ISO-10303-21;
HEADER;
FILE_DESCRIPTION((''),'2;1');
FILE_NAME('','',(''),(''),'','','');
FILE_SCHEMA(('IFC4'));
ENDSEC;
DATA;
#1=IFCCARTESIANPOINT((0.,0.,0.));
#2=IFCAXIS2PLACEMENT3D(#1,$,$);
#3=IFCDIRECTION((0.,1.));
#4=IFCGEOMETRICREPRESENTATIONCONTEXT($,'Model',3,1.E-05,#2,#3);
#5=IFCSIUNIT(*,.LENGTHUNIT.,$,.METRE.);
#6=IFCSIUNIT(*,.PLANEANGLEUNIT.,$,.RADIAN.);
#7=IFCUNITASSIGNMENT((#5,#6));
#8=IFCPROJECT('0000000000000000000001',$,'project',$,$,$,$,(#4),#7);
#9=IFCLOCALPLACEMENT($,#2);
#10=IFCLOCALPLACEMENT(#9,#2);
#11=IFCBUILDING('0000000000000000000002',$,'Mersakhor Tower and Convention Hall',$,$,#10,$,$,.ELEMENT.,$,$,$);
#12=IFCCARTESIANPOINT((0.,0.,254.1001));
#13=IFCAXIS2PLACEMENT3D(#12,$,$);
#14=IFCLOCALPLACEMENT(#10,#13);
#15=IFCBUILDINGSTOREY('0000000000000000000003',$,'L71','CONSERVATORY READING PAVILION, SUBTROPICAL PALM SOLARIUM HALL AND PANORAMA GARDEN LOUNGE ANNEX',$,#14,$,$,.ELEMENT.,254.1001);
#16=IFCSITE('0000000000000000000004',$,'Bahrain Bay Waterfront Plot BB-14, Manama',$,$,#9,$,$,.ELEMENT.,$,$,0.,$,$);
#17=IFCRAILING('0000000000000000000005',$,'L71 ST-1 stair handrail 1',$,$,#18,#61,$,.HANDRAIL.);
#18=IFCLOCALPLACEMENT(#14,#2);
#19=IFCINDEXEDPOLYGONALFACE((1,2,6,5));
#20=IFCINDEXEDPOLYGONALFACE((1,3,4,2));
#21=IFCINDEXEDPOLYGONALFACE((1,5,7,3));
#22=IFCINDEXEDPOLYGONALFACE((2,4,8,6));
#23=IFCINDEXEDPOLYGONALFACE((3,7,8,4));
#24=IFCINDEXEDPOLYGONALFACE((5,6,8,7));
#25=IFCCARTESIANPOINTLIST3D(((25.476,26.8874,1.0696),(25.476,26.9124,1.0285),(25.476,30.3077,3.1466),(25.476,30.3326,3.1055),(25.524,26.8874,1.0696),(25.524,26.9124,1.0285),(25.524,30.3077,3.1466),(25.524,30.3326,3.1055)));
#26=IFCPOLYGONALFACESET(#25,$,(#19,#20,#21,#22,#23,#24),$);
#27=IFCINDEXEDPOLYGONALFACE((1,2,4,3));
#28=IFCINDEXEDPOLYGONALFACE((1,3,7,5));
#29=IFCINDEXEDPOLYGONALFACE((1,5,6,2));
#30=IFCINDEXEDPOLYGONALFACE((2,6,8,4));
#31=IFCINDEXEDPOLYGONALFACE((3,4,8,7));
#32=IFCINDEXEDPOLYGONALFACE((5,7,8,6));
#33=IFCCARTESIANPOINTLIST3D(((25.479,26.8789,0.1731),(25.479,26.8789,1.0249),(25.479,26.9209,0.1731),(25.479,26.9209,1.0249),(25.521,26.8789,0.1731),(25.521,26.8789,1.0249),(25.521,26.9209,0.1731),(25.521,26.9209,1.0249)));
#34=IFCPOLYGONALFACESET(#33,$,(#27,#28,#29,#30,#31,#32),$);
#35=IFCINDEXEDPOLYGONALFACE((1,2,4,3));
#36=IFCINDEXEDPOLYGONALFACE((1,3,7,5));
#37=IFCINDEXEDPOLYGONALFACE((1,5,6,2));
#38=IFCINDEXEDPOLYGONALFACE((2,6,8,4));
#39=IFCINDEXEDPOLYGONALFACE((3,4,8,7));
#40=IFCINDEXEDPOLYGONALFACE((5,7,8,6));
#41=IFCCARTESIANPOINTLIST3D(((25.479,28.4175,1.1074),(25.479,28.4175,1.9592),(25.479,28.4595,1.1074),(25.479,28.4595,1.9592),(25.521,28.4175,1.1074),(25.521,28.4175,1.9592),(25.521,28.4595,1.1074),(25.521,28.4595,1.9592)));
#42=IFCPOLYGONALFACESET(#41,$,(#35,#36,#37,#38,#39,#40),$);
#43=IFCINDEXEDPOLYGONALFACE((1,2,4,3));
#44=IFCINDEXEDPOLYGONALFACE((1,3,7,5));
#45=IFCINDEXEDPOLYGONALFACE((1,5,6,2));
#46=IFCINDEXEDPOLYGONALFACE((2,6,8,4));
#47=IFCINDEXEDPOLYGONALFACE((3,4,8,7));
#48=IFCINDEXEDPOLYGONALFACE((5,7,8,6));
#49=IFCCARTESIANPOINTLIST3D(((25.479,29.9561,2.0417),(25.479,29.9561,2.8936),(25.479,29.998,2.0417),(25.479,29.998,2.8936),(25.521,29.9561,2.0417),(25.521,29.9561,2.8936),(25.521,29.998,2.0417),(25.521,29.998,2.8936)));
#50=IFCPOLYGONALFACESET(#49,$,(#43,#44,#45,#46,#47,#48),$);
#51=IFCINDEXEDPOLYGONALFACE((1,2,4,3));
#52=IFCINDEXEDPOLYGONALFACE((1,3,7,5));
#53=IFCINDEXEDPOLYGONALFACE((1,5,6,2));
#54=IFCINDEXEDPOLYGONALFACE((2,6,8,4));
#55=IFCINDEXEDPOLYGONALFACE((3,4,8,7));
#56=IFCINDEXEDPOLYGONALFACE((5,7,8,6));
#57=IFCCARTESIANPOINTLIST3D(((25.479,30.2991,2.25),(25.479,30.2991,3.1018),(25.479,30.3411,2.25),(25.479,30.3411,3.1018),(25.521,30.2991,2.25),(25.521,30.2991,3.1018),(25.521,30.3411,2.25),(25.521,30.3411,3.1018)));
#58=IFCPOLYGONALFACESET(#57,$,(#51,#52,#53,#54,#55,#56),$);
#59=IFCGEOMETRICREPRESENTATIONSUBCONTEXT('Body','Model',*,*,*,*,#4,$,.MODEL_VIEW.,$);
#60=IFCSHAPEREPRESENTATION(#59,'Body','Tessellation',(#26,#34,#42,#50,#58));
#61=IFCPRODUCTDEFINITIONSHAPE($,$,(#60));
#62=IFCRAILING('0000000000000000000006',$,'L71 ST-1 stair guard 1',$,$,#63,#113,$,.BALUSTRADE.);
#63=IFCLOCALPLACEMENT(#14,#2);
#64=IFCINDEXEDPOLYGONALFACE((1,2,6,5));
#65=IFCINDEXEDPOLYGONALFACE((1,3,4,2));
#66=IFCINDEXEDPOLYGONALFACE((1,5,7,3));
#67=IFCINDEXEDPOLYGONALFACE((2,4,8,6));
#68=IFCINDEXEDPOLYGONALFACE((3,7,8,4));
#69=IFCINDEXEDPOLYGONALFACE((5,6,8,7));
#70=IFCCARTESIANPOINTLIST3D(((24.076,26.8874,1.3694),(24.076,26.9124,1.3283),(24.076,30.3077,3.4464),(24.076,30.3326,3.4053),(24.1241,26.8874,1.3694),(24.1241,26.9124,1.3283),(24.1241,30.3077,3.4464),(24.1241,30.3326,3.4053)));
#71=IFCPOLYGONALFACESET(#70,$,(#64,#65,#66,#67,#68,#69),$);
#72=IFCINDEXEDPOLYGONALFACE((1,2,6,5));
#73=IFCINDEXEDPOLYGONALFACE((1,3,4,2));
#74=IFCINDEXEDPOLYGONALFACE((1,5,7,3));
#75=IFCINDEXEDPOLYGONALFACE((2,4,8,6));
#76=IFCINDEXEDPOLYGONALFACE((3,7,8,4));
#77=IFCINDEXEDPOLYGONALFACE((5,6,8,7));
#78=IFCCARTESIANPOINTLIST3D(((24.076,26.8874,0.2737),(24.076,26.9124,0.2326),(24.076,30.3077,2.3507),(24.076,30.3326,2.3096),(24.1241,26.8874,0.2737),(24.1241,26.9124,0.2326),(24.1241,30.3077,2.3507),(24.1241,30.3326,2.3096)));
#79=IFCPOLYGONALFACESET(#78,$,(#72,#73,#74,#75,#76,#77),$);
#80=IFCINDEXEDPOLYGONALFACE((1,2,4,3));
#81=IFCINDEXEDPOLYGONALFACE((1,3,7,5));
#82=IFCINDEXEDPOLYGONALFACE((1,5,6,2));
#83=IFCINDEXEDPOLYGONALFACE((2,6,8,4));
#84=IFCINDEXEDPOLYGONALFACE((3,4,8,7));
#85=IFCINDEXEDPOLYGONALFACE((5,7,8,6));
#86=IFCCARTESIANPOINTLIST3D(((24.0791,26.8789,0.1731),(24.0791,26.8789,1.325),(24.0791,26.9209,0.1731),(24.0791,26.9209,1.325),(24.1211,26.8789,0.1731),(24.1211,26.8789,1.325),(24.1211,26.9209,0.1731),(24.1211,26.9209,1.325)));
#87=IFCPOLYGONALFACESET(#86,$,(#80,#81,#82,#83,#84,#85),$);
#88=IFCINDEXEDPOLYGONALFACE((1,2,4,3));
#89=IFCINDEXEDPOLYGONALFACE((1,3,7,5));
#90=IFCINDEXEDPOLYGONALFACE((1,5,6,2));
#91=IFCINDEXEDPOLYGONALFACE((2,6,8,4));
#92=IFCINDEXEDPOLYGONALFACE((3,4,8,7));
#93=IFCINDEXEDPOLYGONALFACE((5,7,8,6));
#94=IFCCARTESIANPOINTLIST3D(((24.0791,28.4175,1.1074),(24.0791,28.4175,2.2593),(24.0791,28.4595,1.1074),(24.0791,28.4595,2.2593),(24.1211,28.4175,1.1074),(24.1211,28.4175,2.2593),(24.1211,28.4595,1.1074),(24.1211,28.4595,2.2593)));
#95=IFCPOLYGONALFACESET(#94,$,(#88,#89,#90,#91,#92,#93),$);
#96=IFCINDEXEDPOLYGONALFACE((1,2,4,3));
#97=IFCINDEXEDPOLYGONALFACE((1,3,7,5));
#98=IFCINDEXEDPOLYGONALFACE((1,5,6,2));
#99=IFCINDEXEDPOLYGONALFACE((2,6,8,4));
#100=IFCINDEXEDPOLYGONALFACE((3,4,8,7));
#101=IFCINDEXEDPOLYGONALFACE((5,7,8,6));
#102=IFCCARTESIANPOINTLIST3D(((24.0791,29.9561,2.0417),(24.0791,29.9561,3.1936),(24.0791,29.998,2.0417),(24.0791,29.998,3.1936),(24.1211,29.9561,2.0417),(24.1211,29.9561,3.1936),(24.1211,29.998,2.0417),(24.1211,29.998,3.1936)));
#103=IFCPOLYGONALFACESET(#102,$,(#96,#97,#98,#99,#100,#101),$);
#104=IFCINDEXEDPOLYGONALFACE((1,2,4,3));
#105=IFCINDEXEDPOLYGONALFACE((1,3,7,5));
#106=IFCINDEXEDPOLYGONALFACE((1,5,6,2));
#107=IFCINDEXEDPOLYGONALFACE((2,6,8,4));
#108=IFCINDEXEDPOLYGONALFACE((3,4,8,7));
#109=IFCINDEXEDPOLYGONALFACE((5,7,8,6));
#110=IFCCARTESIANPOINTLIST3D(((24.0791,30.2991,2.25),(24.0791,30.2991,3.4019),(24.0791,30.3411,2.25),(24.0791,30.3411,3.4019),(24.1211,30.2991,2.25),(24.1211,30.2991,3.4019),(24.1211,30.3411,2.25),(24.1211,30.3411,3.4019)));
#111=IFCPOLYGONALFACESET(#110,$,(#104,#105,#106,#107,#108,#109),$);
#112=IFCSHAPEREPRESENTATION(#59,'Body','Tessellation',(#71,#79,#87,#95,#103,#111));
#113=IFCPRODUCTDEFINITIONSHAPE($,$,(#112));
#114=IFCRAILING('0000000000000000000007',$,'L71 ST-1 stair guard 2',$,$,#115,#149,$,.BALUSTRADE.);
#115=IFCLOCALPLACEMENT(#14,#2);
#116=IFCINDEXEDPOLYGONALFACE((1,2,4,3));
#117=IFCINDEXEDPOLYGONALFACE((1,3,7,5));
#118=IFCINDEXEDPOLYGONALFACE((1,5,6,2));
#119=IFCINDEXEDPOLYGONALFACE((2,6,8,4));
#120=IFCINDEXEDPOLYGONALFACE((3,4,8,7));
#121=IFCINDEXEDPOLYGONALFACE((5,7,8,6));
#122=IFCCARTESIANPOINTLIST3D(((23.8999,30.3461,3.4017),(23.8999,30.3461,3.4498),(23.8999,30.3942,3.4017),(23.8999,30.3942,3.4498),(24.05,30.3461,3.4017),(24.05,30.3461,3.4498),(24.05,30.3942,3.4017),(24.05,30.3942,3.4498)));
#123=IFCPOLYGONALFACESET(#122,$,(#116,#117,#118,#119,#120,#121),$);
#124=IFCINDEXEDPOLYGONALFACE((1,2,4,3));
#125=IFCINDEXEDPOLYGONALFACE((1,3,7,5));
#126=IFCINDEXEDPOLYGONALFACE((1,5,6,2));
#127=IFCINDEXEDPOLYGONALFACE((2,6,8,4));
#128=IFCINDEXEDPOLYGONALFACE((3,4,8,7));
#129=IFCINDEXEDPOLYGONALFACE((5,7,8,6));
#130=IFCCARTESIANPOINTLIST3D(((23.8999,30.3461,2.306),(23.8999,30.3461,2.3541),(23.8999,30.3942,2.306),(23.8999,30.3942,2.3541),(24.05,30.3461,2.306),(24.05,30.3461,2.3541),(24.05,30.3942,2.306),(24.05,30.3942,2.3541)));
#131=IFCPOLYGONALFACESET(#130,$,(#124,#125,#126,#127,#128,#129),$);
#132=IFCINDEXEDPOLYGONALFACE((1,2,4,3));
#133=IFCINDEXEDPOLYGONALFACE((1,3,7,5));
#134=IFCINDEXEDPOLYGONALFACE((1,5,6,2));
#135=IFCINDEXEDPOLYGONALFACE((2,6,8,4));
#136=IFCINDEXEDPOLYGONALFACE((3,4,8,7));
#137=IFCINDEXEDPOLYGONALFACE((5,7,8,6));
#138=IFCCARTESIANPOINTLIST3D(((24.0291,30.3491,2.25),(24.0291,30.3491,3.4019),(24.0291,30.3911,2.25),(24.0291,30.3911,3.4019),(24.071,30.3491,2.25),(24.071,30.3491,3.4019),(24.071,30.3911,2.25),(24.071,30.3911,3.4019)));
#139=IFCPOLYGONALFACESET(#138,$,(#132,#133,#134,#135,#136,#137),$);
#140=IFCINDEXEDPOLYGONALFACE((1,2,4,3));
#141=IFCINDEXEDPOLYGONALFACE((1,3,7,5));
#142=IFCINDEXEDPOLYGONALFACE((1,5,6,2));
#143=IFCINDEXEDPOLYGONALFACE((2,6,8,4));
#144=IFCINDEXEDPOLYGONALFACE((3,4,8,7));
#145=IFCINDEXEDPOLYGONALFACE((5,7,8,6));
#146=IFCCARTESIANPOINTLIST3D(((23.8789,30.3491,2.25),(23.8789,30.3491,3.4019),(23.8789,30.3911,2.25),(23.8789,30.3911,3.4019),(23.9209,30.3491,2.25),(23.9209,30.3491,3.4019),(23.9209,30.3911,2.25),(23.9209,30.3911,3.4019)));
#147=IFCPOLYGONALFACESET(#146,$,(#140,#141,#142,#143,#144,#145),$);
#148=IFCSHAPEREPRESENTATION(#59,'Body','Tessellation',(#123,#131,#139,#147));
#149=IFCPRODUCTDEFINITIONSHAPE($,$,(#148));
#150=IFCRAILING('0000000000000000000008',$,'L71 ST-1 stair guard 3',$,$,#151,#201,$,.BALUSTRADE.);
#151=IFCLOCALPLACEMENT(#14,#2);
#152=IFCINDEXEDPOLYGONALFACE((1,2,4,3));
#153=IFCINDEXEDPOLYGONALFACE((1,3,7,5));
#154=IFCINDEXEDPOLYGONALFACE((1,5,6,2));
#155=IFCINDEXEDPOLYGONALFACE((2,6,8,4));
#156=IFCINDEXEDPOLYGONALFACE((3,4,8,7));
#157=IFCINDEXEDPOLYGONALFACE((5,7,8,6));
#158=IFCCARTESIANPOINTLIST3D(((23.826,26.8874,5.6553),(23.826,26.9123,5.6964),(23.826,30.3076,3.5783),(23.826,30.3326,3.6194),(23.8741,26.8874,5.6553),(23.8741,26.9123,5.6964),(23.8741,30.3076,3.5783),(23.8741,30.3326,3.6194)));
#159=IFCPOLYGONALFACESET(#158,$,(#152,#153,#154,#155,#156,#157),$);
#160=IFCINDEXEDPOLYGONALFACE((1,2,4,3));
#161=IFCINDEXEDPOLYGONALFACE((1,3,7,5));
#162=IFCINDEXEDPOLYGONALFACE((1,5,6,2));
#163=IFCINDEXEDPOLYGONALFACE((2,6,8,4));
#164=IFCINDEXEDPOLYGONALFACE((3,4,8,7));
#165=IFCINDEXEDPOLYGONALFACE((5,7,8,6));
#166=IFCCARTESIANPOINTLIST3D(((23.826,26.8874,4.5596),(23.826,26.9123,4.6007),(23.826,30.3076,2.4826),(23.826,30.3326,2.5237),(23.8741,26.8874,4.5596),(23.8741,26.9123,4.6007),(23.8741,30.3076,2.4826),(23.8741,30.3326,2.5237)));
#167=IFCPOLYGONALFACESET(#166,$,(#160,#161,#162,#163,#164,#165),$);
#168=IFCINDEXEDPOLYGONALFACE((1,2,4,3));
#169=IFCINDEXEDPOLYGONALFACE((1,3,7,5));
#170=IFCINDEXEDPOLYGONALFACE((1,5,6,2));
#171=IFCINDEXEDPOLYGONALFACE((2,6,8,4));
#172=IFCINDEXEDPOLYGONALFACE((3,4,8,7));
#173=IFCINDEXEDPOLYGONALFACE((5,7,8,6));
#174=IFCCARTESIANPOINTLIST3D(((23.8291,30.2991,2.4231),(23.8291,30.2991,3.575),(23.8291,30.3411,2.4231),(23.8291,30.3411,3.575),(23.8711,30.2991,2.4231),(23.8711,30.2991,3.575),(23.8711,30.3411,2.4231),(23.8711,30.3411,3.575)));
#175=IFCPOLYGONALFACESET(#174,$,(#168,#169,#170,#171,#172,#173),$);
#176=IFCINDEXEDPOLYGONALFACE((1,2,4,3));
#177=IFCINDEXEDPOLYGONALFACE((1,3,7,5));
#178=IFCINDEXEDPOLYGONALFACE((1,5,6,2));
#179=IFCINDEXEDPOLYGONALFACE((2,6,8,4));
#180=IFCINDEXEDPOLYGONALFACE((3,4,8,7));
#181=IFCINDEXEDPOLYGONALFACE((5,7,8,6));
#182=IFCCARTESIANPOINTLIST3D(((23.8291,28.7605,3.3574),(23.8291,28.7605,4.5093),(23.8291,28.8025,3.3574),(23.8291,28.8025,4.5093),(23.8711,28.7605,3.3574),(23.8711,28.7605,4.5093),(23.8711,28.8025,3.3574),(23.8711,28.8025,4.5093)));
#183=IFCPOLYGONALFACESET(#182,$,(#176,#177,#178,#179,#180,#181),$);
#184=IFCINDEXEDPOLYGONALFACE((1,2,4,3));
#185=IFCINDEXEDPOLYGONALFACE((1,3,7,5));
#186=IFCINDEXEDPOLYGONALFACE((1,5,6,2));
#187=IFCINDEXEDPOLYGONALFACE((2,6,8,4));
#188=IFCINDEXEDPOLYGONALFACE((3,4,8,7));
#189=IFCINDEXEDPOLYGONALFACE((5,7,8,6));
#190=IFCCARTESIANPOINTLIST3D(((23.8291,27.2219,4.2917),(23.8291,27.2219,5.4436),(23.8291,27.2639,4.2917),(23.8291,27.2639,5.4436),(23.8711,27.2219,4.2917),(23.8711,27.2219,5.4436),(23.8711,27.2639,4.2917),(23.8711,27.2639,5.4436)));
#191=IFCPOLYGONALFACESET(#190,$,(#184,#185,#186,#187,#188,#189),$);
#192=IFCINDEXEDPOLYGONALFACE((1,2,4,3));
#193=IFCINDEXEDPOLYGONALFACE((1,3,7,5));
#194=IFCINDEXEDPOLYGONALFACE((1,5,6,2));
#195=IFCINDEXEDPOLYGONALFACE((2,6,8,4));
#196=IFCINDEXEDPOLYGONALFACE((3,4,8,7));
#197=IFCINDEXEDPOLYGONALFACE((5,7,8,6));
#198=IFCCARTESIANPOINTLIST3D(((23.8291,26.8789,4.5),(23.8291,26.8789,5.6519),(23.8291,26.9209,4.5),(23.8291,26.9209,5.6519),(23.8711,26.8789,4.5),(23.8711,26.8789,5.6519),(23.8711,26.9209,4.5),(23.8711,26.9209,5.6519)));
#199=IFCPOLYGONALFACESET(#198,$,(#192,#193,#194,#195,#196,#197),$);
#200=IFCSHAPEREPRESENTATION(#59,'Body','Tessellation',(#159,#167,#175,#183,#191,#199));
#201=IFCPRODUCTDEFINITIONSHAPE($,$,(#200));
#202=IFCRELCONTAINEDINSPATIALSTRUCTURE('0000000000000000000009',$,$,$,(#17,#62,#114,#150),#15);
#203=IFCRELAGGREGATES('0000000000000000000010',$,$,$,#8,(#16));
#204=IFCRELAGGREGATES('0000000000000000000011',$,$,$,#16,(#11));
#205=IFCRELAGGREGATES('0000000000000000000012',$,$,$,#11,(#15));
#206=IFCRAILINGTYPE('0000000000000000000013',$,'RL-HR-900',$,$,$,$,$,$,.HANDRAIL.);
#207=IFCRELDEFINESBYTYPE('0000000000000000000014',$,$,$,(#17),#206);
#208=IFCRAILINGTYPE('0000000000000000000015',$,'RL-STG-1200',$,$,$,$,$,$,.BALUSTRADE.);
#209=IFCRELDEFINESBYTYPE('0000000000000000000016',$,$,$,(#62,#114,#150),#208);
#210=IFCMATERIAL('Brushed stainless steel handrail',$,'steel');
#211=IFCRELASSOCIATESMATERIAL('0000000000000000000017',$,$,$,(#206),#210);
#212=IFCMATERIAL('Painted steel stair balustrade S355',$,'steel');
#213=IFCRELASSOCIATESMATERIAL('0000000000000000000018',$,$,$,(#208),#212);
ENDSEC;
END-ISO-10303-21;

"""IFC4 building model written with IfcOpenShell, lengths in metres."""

from ifc_helpers import new_model, si_unit, direction, frame, origin, origin_2d, place, context, subcontext, project, spatial, rectangle, extrude, material, type_object, element, save


model = new_model("IFC4")

# Units and contexts
model_context = context("Model", 3, precision=1e-05, world=origin(), true_north=direction((0.0, 1.0)))
body_context = subcontext(model_context, "Body", "Model", "MODEL_VIEW")
ifc_project = project(units=[si_unit("LENGTHUNIT", "METRE"), si_unit("PLANEANGLEUNIT", "RADIAN")], contexts=[model_context])

# Site, building, storey
site_placement = place(None, origin())
site = spatial("IfcSite", under=ifc_project, at=site_placement, Name="Bahrain Bay Waterfront Plot BB-14, Manama", CompositionType="ELEMENT", RefElevation=0.0)
building_placement = place(site_placement, origin())
building = spatial("IfcBuilding", under=site, at=building_placement, Name="Mersakhor Tower and Convention Hall", CompositionType="ELEMENT")
storey_placement = place(building_placement, frame((0.0, 0.0, 254.1001)))
storey = spatial("IfcBuildingStorey", under=building, at=storey_placement, Name="L71", Description="CONSERVATORY READING PAVILION, SUBTROPICAL PALM SOLARIUM HALL AND PANORAMA GARDEN LOUNGE ANNEX", CompositionType="ELEMENT", Elevation=254.1001)

# Railings
ifc_material_1 = material(Name="Brushed stainless steel handrail", Category="steel")
railing_type_1 = type_object("IfcRailingType", Name="RL-HR-900", PredefinedType="HANDRAIL", material=ifc_material_1)
railing_1_placement = place(storey_placement, frame((25.5, 26.8999, 0.1731)))
element("IfcRailing", 1, at=railing_1_placement, inside=storey, type_object=railing_type_1, Name="L71 ST-1 stair handrail 1", PredefinedType="HANDRAIL", context=body_context, shape_type="SweptSolid", body=[
    extrude(rectangle(XDim=0.0481, YDim=0.0481, at=origin_2d()), frame((0.0, 0.0, 0.876), z_axis=(0.0, 0.854746, 0.519047), x_axis=(-1.0, 0.0, 0.0)), (0.0, 0.0, 1.0), 4.0015),
    extrude(rectangle(XDim=0.042, YDim=0.042, at=origin_2d()), origin(), (0.0, 0.0, 1.0), 0.8518),
    extrude(rectangle(XDim=0.042, YDim=0.042, at=origin_2d()), frame((0.0, 1.5386, 0.9343)), (0.0, 0.0, 1.0), 0.8518),
    extrude(rectangle(XDim=0.042, YDim=0.042, at=origin_2d()), frame((0.0, 3.0771, 1.8687)), (0.0, 0.0, 1.0), 0.8518),
    extrude(rectangle(XDim=0.042, YDim=0.042, at=origin_2d()), frame((0.0, 3.4202, 2.0769)), (0.0, 0.0, 1.0), 0.8518),
])
ifc_material_2 = material(Name="Painted steel stair balustrade S355", Category="steel")
railing_type_2 = type_object("IfcRailingType", Name="RL-STG-1200", PredefinedType="BALUSTRADE", material=ifc_material_2)
railing_2_placement = place(storey_placement, frame((24.1001, 26.8999, 0.1731)))
element("IfcRailing", 2, at=railing_2_placement, inside=storey, type_object=railing_type_2, Name="L71 ST-1 stair guard 1", PredefinedType="BALUSTRADE", context=body_context, shape_type="SweptSolid", body=[
    extrude(rectangle(XDim=0.0481, YDim=0.0481, at=origin_2d()), frame((0.0, 0.0, 1.1758), z_axis=(0.0, 0.854746, 0.519047), x_axis=(-1.0, 0.0, 0.0)), (0.0, 0.0, 1.0), 4.0015),
    extrude(rectangle(XDim=0.0481, YDim=0.0481, at=origin_2d()), frame((0.0, 0.0, 0.0801), z_axis=(0.0, 0.854746, 0.519047), x_axis=(-1.0, 0.0, 0.0)), (0.0, 0.0, 1.0), 4.0015),
    extrude(rectangle(XDim=0.042, YDim=0.042, at=origin_2d()), origin(), (0.0, 0.0, 1.0), 1.1519),
    extrude(rectangle(XDim=0.042, YDim=0.042, at=origin_2d()), frame((0.0, 1.5386, 0.9343)), (0.0, 0.0, 1.0), 1.1519),
    extrude(rectangle(XDim=0.042, YDim=0.042, at=origin_2d()), frame((0.0, 3.0771, 1.8687)), (0.0, 0.0, 1.0), 1.1519),
    extrude(rectangle(XDim=0.042, YDim=0.042, at=origin_2d()), frame((0.0, 3.4202, 2.0769)), (0.0, 0.0, 1.0), 1.1519),
])
railing_3_placement = place(storey_placement, frame((24.05, 30.3701, 2.25)))
element("IfcRailing", 3, at=railing_3_placement, inside=storey, type_object=railing_type_2, Name="L71 ST-1 stair guard 2", PredefinedType="BALUSTRADE", context=body_context, shape_type="SweptSolid", body=[
    extrude(rectangle(XDim=0.0481, YDim=0.0481, at=origin_2d()), frame((0.0, 0.0, 1.1758), z_axis=(-1.0, 0.0, 0.0), x_axis=(0.0, -1.0, 0.0)), (0.0, 0.0, 1.0), 0.1501),
    extrude(rectangle(XDim=0.0481, YDim=0.0481, at=origin_2d()), frame((0.0, 0.0, 0.0801), z_axis=(-1.0, 0.0, 0.0), x_axis=(0.0, -1.0, 0.0)), (0.0, 0.0, 1.0), 0.1501),
    extrude(rectangle(XDim=0.042, YDim=0.042, at=origin_2d()), origin(), (0.0, 0.0, 1.0), 1.1519),
    extrude(rectangle(XDim=0.042, YDim=0.042, at=origin_2d()), frame((-0.1501, 0.0, 0.0)), (0.0, 0.0, 1.0), 1.1519),
])
railing_4_placement = place(storey_placement, frame((23.8501, 30.3201, 2.4231)))
element("IfcRailing", 4, at=railing_4_placement, inside=storey, type_object=railing_type_2, Name="L71 ST-1 stair guard 3", PredefinedType="BALUSTRADE", context=body_context, shape_type="SweptSolid", body=[
    extrude(rectangle(XDim=0.0481, YDim=0.0481, at=origin_2d()), frame((0.0, 0.0, 1.1758), z_axis=(0.0, -0.854746, 0.519047), x_axis=(1.0, 0.0, 0.0)), (0.0, 0.0, 1.0), 4.0015),
    extrude(rectangle(XDim=0.0481, YDim=0.0481, at=origin_2d()), frame((0.0, 0.0, 0.0801), z_axis=(0.0, -0.854746, 0.519047), x_axis=(1.0, 0.0, 0.0)), (0.0, 0.0, 1.0), 4.0015),
    extrude(rectangle(XDim=0.042, YDim=0.042, at=origin_2d()), origin(), (0.0, 0.0, 1.0), 1.1519),
    extrude(rectangle(XDim=0.042, YDim=0.042, at=origin_2d()), frame((0.0, -1.5386, 0.9343)), (0.0, 0.0, 1.0), 1.1519),
    extrude(rectangle(XDim=0.042, YDim=0.042, at=origin_2d()), frame((0.0, -3.0771, 1.8687)), (0.0, 0.0, 1.0), 1.1519),
    extrude(rectangle(XDim=0.042, YDim=0.042, at=origin_2d()), frame((0.0, -3.4202, 2.0769)), (0.0, 0.0, 1.0), 1.1519),
])

save(model, "model.ifc")
